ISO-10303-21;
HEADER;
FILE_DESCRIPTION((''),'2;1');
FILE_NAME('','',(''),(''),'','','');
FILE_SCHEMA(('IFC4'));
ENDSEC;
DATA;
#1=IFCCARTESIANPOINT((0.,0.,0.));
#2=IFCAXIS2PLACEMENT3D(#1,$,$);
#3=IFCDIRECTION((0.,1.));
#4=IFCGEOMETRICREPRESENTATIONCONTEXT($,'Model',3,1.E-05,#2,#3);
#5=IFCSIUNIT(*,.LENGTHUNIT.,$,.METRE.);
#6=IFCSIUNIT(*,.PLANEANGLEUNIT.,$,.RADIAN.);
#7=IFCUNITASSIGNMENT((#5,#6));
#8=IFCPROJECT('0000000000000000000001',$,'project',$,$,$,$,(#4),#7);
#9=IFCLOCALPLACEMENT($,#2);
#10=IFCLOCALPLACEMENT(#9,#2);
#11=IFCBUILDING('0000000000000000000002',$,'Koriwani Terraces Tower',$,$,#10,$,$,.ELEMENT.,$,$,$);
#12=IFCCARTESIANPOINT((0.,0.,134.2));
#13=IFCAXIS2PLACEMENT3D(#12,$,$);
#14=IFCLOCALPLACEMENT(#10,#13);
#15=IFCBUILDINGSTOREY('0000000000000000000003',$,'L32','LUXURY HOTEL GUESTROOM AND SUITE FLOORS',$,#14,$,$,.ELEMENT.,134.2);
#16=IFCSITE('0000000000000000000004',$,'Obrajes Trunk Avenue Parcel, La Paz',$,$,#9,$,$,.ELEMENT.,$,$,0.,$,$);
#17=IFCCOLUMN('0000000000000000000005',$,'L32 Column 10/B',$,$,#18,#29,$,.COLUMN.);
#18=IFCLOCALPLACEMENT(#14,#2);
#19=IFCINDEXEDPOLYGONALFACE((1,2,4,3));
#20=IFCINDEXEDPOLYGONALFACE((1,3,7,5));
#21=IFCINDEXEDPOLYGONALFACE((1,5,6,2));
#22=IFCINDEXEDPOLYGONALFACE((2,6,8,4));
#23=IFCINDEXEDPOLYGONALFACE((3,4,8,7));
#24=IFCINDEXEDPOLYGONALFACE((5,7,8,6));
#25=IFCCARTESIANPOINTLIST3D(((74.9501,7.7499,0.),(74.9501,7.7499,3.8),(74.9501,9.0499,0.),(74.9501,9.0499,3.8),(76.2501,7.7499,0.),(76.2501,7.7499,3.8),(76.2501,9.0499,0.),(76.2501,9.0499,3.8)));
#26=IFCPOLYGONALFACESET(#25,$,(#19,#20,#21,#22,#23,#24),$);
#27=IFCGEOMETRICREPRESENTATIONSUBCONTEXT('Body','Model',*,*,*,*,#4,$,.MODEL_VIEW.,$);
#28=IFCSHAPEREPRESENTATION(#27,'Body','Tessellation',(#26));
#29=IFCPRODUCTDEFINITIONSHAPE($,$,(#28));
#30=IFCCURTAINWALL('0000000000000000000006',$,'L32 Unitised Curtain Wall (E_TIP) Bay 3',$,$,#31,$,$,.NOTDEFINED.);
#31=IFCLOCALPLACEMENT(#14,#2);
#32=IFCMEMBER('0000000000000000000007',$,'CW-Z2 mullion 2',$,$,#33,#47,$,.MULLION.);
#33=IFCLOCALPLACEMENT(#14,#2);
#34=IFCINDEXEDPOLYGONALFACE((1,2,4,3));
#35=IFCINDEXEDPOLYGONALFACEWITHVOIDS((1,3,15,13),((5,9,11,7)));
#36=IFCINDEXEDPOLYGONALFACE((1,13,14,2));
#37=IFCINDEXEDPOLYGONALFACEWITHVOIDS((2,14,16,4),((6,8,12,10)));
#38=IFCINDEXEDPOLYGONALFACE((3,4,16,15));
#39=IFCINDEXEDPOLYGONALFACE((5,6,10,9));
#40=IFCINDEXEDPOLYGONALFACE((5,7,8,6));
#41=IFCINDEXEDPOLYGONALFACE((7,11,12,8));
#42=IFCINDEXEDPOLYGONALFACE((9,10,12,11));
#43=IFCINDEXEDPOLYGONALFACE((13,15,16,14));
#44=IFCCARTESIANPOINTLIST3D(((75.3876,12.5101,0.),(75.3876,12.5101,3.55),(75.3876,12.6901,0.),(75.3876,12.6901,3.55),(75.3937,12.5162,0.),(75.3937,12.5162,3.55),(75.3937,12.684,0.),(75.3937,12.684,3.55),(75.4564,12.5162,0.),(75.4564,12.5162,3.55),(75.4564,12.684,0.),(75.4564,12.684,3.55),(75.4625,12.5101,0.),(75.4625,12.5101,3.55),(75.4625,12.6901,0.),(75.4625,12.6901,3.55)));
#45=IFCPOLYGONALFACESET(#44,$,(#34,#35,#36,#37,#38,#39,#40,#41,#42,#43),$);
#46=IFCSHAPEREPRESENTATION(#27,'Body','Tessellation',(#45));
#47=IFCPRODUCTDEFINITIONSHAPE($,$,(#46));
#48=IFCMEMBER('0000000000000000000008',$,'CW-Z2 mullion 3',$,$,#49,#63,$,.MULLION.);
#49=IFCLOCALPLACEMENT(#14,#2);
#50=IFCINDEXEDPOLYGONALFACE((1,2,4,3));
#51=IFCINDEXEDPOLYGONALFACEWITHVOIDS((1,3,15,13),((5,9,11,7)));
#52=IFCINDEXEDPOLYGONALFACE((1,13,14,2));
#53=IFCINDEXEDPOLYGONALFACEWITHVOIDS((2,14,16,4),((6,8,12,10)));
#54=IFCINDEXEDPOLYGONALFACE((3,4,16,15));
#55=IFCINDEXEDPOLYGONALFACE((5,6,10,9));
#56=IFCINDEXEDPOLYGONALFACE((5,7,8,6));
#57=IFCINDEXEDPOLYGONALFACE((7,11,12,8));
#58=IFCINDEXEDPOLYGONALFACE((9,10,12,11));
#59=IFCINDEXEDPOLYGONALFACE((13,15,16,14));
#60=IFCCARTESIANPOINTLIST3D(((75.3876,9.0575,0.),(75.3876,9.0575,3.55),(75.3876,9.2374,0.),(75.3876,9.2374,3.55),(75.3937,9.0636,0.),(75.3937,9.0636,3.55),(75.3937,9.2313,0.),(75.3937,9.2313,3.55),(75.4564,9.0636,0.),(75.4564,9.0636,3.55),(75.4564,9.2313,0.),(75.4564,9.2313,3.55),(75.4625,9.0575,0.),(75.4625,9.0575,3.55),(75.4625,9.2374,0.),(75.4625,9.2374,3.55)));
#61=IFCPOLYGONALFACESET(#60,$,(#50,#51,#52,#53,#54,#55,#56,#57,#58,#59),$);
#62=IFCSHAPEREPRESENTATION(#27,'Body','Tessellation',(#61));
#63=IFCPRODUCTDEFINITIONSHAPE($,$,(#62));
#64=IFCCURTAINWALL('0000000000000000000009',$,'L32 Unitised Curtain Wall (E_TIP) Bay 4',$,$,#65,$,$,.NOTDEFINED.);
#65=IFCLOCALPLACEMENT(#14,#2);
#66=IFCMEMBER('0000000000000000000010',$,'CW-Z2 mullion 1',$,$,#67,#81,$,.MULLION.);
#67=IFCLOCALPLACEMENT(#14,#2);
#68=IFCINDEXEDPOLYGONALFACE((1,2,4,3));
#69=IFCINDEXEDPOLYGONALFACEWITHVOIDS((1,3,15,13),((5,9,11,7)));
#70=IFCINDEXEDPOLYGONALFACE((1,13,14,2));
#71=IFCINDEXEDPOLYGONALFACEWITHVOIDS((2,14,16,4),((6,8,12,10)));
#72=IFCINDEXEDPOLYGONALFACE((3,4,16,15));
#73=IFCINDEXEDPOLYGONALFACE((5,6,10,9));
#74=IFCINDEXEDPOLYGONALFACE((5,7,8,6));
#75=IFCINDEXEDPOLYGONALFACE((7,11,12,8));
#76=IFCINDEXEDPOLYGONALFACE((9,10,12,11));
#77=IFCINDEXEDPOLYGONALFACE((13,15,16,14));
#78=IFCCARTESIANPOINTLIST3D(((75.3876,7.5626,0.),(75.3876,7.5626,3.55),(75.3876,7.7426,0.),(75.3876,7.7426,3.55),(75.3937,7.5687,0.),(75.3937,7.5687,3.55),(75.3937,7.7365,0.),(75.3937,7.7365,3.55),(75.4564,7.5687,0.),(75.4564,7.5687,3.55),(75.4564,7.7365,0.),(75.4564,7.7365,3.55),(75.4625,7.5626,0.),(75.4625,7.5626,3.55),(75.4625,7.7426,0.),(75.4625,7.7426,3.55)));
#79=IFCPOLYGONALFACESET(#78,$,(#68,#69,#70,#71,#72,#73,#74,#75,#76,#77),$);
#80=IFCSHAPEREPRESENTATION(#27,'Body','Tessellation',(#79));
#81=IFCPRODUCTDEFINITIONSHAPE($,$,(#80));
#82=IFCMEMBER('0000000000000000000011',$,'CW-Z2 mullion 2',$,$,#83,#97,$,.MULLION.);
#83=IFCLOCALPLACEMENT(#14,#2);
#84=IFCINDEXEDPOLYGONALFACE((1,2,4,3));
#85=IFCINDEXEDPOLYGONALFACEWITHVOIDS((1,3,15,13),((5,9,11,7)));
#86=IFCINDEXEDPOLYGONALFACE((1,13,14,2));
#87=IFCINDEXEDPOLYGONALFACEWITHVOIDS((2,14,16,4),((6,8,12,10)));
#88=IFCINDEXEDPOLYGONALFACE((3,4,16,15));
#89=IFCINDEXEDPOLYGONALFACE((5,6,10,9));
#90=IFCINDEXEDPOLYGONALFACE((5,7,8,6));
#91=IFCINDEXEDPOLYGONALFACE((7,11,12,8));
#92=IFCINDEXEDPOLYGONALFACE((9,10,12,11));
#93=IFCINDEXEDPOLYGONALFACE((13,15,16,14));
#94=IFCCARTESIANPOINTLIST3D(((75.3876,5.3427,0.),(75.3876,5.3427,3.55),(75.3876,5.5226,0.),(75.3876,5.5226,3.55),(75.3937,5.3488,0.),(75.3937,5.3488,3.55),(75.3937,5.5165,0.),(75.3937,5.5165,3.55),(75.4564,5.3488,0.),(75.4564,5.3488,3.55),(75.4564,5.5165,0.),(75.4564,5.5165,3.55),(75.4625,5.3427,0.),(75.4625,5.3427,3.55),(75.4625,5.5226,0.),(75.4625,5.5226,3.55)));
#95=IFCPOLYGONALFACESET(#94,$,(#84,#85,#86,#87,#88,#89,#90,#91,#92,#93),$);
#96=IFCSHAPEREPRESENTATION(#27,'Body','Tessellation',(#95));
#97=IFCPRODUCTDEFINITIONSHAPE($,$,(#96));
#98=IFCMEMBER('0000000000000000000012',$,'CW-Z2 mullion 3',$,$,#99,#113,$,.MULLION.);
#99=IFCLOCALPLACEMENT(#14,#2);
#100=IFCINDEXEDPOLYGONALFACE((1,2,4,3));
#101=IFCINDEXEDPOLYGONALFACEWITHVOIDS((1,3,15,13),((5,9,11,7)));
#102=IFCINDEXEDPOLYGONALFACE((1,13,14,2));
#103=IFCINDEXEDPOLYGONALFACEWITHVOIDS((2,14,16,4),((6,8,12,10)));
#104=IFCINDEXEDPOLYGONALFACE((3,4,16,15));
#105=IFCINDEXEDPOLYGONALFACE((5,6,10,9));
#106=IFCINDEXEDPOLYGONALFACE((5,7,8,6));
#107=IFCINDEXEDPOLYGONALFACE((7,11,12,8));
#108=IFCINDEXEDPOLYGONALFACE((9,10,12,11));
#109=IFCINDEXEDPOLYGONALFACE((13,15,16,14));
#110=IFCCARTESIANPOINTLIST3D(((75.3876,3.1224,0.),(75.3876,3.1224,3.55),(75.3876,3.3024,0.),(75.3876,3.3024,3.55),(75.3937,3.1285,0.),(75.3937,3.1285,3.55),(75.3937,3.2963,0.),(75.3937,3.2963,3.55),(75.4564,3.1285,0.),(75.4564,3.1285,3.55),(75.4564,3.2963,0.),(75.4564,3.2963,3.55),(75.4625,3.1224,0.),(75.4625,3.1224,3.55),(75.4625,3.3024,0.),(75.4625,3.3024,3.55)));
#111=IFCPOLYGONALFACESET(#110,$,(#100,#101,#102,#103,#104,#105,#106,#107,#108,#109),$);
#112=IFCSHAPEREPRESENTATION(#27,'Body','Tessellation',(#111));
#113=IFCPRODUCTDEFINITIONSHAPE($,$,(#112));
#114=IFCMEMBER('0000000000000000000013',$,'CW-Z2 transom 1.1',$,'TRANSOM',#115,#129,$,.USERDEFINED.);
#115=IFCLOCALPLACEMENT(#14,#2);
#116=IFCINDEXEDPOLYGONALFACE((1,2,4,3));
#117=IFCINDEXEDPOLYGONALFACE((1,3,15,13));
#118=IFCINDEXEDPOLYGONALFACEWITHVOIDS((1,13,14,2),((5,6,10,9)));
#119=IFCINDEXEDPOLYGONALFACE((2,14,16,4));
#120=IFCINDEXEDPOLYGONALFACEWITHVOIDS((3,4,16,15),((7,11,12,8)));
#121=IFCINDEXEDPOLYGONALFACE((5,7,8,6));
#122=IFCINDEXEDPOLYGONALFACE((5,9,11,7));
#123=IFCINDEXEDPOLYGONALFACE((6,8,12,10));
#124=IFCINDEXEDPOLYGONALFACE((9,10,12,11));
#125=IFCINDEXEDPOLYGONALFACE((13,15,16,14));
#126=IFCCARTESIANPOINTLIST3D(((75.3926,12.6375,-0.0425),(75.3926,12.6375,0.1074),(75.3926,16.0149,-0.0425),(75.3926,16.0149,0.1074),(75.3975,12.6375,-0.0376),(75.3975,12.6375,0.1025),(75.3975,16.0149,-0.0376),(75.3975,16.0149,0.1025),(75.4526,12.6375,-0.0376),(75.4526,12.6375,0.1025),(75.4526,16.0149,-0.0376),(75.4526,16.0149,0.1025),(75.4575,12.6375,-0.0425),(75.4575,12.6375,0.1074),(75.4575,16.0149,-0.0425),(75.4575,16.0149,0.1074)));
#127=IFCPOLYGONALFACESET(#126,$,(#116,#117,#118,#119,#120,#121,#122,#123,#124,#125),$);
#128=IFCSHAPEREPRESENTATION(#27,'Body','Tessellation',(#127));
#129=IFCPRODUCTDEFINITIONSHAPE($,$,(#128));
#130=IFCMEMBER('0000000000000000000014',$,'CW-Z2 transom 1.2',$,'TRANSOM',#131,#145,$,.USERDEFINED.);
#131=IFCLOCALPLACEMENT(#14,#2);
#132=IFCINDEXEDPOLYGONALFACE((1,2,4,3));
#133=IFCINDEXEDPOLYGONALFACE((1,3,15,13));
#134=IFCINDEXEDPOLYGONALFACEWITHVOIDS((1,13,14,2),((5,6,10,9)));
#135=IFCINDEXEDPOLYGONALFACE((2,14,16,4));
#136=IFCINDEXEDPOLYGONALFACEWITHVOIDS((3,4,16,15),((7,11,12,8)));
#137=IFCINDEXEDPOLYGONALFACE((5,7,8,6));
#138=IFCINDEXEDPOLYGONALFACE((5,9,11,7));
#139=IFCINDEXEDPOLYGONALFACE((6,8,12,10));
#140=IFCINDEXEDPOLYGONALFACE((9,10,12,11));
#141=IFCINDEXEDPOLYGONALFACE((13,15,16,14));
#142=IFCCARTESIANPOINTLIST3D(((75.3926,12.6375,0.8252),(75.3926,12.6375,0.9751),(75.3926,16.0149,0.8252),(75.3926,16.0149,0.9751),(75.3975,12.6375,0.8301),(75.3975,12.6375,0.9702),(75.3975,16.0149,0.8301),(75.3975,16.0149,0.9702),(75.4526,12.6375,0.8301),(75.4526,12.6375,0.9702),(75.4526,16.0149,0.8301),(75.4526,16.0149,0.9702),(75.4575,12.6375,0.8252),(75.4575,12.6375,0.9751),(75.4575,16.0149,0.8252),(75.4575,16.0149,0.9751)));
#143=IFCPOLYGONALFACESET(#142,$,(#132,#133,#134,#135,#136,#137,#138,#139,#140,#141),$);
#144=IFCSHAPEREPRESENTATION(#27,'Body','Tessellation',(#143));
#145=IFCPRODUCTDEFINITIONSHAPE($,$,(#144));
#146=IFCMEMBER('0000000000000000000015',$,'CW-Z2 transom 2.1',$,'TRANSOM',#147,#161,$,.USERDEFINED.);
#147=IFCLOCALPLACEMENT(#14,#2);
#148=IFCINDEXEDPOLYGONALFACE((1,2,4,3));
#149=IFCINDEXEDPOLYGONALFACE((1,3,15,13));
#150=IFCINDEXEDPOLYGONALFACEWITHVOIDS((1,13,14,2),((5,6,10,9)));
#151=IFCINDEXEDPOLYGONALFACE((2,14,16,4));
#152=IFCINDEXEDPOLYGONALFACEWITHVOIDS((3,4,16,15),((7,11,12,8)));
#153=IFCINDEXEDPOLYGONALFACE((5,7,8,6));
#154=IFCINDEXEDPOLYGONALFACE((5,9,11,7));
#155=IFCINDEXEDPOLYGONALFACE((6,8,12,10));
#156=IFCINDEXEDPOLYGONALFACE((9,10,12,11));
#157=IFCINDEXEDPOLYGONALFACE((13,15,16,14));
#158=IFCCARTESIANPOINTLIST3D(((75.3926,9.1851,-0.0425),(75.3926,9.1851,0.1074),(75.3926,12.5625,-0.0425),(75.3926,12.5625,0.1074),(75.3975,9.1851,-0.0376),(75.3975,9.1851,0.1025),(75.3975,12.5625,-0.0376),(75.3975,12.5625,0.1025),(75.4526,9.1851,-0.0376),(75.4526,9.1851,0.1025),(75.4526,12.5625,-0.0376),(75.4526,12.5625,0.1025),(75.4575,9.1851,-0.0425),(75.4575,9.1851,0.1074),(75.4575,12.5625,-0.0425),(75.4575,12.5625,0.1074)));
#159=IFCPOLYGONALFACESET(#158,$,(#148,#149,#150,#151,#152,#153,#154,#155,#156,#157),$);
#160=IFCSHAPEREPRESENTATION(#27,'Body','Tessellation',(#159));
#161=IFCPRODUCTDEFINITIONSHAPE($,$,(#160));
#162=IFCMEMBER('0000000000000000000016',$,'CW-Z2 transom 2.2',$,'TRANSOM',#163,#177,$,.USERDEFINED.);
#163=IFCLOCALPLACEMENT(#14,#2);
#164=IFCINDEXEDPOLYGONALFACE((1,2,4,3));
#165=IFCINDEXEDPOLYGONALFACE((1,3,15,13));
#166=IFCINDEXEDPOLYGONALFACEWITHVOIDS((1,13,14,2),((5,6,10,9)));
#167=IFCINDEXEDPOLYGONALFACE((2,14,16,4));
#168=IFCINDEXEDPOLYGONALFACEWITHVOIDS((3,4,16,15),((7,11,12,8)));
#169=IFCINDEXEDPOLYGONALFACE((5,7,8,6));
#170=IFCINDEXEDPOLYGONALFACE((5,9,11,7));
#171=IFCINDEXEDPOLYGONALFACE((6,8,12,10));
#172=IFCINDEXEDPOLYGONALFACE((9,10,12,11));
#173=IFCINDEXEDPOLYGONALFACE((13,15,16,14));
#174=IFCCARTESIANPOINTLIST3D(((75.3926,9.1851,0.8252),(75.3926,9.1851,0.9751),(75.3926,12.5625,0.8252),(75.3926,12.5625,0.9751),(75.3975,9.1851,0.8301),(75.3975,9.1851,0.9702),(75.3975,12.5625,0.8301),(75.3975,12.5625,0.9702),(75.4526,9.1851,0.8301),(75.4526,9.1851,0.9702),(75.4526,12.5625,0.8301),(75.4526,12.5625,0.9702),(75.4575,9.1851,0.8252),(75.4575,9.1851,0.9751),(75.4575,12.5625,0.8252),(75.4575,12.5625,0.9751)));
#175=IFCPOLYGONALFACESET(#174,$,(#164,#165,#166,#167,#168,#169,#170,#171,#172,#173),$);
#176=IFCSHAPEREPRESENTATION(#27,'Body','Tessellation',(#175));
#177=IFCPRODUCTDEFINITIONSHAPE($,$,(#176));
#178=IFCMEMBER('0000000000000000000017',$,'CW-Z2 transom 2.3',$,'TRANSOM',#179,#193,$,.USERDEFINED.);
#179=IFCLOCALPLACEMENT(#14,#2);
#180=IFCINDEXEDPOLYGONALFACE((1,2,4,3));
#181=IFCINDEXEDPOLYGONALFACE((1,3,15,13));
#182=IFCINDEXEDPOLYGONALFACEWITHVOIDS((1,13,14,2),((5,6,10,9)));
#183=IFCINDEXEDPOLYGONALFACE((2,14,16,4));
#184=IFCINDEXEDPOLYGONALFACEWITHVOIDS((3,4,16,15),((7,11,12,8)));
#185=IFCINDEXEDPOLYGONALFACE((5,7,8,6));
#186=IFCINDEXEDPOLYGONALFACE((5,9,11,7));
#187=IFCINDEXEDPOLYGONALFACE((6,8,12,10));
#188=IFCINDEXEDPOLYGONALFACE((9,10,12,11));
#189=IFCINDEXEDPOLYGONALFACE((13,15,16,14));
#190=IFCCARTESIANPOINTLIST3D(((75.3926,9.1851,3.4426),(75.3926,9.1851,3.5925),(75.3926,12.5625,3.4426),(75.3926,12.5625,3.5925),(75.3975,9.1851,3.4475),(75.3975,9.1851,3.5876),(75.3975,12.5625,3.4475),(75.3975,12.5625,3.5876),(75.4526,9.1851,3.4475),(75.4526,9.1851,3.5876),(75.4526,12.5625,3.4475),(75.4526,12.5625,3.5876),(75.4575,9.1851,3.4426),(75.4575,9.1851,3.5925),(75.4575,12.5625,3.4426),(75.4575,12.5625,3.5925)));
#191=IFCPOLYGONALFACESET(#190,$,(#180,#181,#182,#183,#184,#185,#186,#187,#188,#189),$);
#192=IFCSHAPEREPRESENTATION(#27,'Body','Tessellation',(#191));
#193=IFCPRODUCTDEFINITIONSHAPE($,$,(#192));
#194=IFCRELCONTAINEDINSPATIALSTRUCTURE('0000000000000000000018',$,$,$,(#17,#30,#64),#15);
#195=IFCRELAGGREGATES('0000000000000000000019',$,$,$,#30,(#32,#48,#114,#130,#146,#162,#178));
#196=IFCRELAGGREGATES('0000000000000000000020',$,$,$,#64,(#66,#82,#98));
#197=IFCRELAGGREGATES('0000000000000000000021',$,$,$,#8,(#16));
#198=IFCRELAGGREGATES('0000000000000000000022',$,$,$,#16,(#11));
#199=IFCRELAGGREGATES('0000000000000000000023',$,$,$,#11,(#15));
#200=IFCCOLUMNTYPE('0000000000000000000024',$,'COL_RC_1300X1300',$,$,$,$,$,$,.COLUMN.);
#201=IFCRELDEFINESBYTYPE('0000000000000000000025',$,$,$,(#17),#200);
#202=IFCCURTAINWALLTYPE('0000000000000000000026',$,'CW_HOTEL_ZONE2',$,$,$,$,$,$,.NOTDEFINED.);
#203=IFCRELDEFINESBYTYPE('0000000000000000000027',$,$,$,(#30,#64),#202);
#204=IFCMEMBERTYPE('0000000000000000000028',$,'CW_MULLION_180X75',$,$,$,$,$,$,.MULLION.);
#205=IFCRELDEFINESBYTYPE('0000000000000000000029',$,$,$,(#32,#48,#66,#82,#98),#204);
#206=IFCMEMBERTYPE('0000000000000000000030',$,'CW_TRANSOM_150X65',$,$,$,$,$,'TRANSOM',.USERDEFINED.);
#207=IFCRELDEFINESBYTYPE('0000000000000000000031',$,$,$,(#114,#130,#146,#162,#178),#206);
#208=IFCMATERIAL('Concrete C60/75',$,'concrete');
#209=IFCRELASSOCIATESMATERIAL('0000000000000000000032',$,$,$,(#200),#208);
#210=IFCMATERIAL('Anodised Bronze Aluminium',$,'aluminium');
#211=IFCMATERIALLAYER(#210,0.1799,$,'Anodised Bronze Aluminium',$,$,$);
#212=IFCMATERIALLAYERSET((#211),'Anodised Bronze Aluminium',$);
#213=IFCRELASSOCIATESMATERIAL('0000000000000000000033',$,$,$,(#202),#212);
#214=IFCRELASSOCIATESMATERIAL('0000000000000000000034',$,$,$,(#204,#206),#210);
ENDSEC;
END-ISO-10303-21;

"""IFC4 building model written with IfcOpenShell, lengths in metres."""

from ifc_helpers import new_model, si_unit, direction, frame, origin, origin_2d, place, context, subcontext, project, spatial, rectangle, hollow_rectangle, extrude, material, layer, layer_set, material_profile, profile_set, type_object, element, aggregate, save


model = new_model("IFC4")

# Units and contexts
model_context = context("Model", 3, precision=1e-05, world=origin(), true_north=direction((0.0, 1.0)))
body_context = subcontext(model_context, "Body", "Model", "MODEL_VIEW")
ifc_project = project(units=[si_unit("LENGTHUNIT", "METRE"), si_unit("PLANEANGLEUNIT", "RADIAN")], contexts=[model_context])

# Site, building, storey
site_placement = place(None, origin())
site = spatial("IfcSite", under=ifc_project, at=site_placement, Name="Obrajes Trunk Avenue Parcel, La Paz", CompositionType="ELEMENT", RefElevation=0.0)
building_placement = place(site_placement, origin())
building = spatial("IfcBuilding", under=site, at=building_placement, Name="Koriwani Terraces Tower", CompositionType="ELEMENT")
storey_placement = place(building_placement, frame((0.0, 0.0, 134.2)))
storey = spatial("IfcBuildingStorey", under=building, at=storey_placement, Name="L32", Description="LUXURY HOTEL GUESTROOM AND SUITE FLOORS", CompositionType="ELEMENT", Elevation=134.2)

# Column
ifc_material_1 = material(Name="Concrete C60/75", Category="concrete")
ifc_material_profile_1 = material_profile(ifc_material_1, rectangle(XDim=1.3, YDim=1.3, at=origin_2d()), Name="Concrete C60/75", Category="LoadBearing")
ifc_profile_set_1 = profile_set([ifc_material_profile_1], Name="Concrete C60/75")
column_type = type_object("IfcColumnType", Name="COL_RC_1300X1300", PredefinedType="COLUMN", material=ifc_profile_set_1)
column_placement = place(storey_placement, frame((75.6001, 8.3999, 0.0), z_axis=(0.0, 0.0, 1.0), x_axis=(1.0, 0.0, 0.0)))
element("IfcColumn", 1, at=column_placement, inside=storey, type_object=column_type, Name="L32 Column 10/B", PredefinedType="COLUMN", context=body_context, shape_type="SweptSolid", body=[
    extrude(rectangle(XDim=1.3, YDim=1.3, at=origin_2d()), origin(), (0.0, 0.0, 1.0), 3.8),
])

# Curtain walls, members
ifc_material_2 = material(Name="Anodised Bronze Aluminium", Category="aluminium")
ifc_layer_1 = layer(ifc_material_2, 0.1799, Name="Anodised Bronze Aluminium")
ifc_layer_set_1 = layer_set([ifc_layer_1], Name="Anodised Bronze Aluminium")
curtain_wall_type = type_object("IfcCurtainWallType", Name="CW_HOTEL_ZONE2", PredefinedType="NOTDEFINED", material=ifc_layer_set_1)
curtain_wall_1_placement = place(storey_placement, origin())
curtain_wall_1 = element("IfcCurtainWall", 2, at=curtain_wall_1_placement, inside=storey, type_object=curtain_wall_type, Name="L32 Unitised Curtain Wall (E_TIP) Bay 3", PredefinedType="NOTDEFINED")
ifc_material_profile_2 = material_profile(ifc_material_2, hollow_rectangle(XDim=0.075, YDim=0.1799, WallThickness=0.0061, at=origin_2d()), Name="Anodised Bronze Aluminium", Category="LoadBearing")
ifc_profile_set_2 = profile_set([ifc_material_profile_2], Name="Anodised Bronze Aluminium")
member_type_1 = type_object("IfcMemberType", Name="CW_MULLION_180X75", PredefinedType="MULLION", material=ifc_profile_set_2)
member_1_placement = place(storey_placement, frame((75.425, 12.6001, 0.0), z_axis=(0.0, 0.0, 1.0), x_axis=(1.0, 0.0, 0.0)))
member_1 = element("IfcMember", 3, at=member_1_placement, type_object=member_type_1, Name="CW-Z2 mullion 2", PredefinedType="MULLION", context=body_context, shape_type="SweptSolid", body=[
    extrude(hollow_rectangle(XDim=0.075, YDim=0.1799, WallThickness=0.0061, at=origin_2d()), origin(), (0.0, 0.0, 1.0), 3.55),
])
member_2_placement = place(storey_placement, frame((75.425, 9.1475, 0.0), z_axis=(0.0, 0.0, 1.0), x_axis=(1.0, 0.0, 0.0)))
member_2 = element("IfcMember", 4, at=member_2_placement, type_object=member_type_1, Name="CW-Z2 mullion 3", PredefinedType="MULLION", context=body_context, shape_type="SweptSolid", body=[
    extrude(hollow_rectangle(XDim=0.075, YDim=0.1799, WallThickness=0.0061, at=origin_2d()), origin(), (0.0, 0.0, 1.0), 3.55),
])
curtain_wall_2_placement = place(storey_placement, origin())
curtain_wall_2 = element("IfcCurtainWall", 5, at=curtain_wall_2_placement, inside=storey, type_object=curtain_wall_type, Name="L32 Unitised Curtain Wall (E_TIP) Bay 4", PredefinedType="NOTDEFINED")
member_3_placement = place(storey_placement, frame((75.425, 7.6526, 0.0), z_axis=(0.0, 0.0, 1.0), x_axis=(1.0, 0.0, 0.0)))
member_3 = element("IfcMember", 6, at=member_3_placement, type_object=member_type_1, Name="CW-Z2 mullion 1", PredefinedType="MULLION", context=body_context, shape_type="SweptSolid", body=[
    extrude(hollow_rectangle(XDim=0.075, YDim=0.1799, WallThickness=0.0061, at=origin_2d()), origin(), (0.0, 0.0, 1.0), 3.55),
])
member_4_placement = place(storey_placement, frame((75.425, 5.4326, 0.0), z_axis=(0.0, 0.0, 1.0), x_axis=(1.0, 0.0, 0.0)))
member_4 = element("IfcMember", 7, at=member_4_placement, type_object=member_type_1, Name="CW-Z2 mullion 2", PredefinedType="MULLION", context=body_context, shape_type="SweptSolid", body=[
    extrude(hollow_rectangle(XDim=0.075, YDim=0.1799, WallThickness=0.0061, at=origin_2d()), origin(), (0.0, 0.0, 1.0), 3.55),
])
member_5_placement = place(storey_placement, frame((75.425, 3.2124, 0.0), z_axis=(0.0, 0.0, 1.0), x_axis=(1.0, 0.0, 0.0)))
member_5 = element("IfcMember", 8, at=member_5_placement, type_object=member_type_1, Name="CW-Z2 mullion 3", PredefinedType="MULLION", context=body_context, shape_type="SweptSolid", body=[
    extrude(hollow_rectangle(XDim=0.075, YDim=0.1799, WallThickness=0.0061, at=origin_2d()), origin(), (0.0, 0.0, 1.0), 3.55),
])

# Members
ifc_material_profile_3 = material_profile(ifc_material_2, hollow_rectangle(XDim=0.0649, YDim=0.1499, WallThickness=0.0049, at=origin_2d()), Name="Anodised Bronze Aluminium", Category="LoadBearing")
ifc_profile_set_3 = profile_set([ifc_material_profile_3], Name="Anodised Bronze Aluminium")
member_type_2 = type_object("IfcMemberType", Name="CW_TRANSOM_150X65", ElementType="TRANSOM", PredefinedType="USERDEFINED", material=ifc_profile_set_3)
member_6_placement = place(storey_placement, frame((75.425, 16.0149, 0.0325), z_axis=(0.0, -1.0, 0.0), x_axis=(1.0, 0.0, 0.0)))
member_6 = element("IfcMember", 9, at=member_6_placement, type_object=member_type_2, Name="CW-Z2 transom 1.1", ObjectType="TRANSOM", PredefinedType="USERDEFINED", context=body_context, shape_type="SweptSolid", body=[
    extrude(hollow_rectangle(XDim=0.0649, YDim=0.1499, WallThickness=0.0049, at=origin_2d()), origin(), (0.0, 0.0, 1.0), 3.3774),
])
member_7_placement = place(storey_placement, frame((75.425, 16.0149, 0.9001), z_axis=(0.0, -1.0, 0.0), x_axis=(1.0, 0.0, 0.0)))
member_7 = element("IfcMember", 10, at=member_7_placement, type_object=member_type_2, Name="CW-Z2 transom 1.2", ObjectType="TRANSOM", PredefinedType="USERDEFINED", context=body_context, shape_type="SweptSolid", body=[
    extrude(hollow_rectangle(XDim=0.0649, YDim=0.1499, WallThickness=0.0049, at=origin_2d()), origin(), (0.0, 0.0, 1.0), 3.3774),
])
member_8_placement = place(storey_placement, frame((75.425, 12.5625, 0.0325), z_axis=(0.0, -1.0, 0.0), x_axis=(1.0, 0.0, 0.0)))
member_8 = element("IfcMember", 11, at=member_8_placement, type_object=member_type_2, Name="CW-Z2 transom 2.1", ObjectType="TRANSOM", PredefinedType="USERDEFINED", context=body_context, shape_type="SweptSolid", body=[
    extrude(hollow_rectangle(XDim=0.0649, YDim=0.1499, WallThickness=0.0049, at=origin_2d()), origin(), (0.0, 0.0, 1.0), 3.3774),
])
member_9_placement = place(storey_placement, frame((75.425, 12.5625, 0.9001), z_axis=(0.0, -1.0, 0.0), x_axis=(1.0, 0.0, 0.0)))
member_9 = element("IfcMember", 12, at=member_9_placement, type_object=member_type_2, Name="CW-Z2 transom 2.2", ObjectType="TRANSOM", PredefinedType="USERDEFINED", context=body_context, shape_type="SweptSolid", body=[
    extrude(hollow_rectangle(XDim=0.0649, YDim=0.1499, WallThickness=0.0049, at=origin_2d()), origin(), (0.0, 0.0, 1.0), 3.3774),
])
member_10_placement = place(storey_placement, frame((75.425, 12.5625, 3.5176), z_axis=(0.0, -1.0, 0.0), x_axis=(1.0, 0.0, 0.0)))
member_10 = element("IfcMember", 13, at=member_10_placement, type_object=member_type_2, Name="CW-Z2 transom 2.3", ObjectType="TRANSOM", PredefinedType="USERDEFINED", context=body_context, shape_type="SweptSolid", body=[
    extrude(hollow_rectangle(XDim=0.0649, YDim=0.1499, WallThickness=0.0049, at=origin_2d()), origin(), (0.0, 0.0, 1.0), 3.3774),
])

aggregate(curtain_wall_1, [member_1, member_2, member_6, member_7, member_8, member_9, member_10])
aggregate(curtain_wall_2, [member_3, member_4, member_5])

save(model, "model.ifc")
